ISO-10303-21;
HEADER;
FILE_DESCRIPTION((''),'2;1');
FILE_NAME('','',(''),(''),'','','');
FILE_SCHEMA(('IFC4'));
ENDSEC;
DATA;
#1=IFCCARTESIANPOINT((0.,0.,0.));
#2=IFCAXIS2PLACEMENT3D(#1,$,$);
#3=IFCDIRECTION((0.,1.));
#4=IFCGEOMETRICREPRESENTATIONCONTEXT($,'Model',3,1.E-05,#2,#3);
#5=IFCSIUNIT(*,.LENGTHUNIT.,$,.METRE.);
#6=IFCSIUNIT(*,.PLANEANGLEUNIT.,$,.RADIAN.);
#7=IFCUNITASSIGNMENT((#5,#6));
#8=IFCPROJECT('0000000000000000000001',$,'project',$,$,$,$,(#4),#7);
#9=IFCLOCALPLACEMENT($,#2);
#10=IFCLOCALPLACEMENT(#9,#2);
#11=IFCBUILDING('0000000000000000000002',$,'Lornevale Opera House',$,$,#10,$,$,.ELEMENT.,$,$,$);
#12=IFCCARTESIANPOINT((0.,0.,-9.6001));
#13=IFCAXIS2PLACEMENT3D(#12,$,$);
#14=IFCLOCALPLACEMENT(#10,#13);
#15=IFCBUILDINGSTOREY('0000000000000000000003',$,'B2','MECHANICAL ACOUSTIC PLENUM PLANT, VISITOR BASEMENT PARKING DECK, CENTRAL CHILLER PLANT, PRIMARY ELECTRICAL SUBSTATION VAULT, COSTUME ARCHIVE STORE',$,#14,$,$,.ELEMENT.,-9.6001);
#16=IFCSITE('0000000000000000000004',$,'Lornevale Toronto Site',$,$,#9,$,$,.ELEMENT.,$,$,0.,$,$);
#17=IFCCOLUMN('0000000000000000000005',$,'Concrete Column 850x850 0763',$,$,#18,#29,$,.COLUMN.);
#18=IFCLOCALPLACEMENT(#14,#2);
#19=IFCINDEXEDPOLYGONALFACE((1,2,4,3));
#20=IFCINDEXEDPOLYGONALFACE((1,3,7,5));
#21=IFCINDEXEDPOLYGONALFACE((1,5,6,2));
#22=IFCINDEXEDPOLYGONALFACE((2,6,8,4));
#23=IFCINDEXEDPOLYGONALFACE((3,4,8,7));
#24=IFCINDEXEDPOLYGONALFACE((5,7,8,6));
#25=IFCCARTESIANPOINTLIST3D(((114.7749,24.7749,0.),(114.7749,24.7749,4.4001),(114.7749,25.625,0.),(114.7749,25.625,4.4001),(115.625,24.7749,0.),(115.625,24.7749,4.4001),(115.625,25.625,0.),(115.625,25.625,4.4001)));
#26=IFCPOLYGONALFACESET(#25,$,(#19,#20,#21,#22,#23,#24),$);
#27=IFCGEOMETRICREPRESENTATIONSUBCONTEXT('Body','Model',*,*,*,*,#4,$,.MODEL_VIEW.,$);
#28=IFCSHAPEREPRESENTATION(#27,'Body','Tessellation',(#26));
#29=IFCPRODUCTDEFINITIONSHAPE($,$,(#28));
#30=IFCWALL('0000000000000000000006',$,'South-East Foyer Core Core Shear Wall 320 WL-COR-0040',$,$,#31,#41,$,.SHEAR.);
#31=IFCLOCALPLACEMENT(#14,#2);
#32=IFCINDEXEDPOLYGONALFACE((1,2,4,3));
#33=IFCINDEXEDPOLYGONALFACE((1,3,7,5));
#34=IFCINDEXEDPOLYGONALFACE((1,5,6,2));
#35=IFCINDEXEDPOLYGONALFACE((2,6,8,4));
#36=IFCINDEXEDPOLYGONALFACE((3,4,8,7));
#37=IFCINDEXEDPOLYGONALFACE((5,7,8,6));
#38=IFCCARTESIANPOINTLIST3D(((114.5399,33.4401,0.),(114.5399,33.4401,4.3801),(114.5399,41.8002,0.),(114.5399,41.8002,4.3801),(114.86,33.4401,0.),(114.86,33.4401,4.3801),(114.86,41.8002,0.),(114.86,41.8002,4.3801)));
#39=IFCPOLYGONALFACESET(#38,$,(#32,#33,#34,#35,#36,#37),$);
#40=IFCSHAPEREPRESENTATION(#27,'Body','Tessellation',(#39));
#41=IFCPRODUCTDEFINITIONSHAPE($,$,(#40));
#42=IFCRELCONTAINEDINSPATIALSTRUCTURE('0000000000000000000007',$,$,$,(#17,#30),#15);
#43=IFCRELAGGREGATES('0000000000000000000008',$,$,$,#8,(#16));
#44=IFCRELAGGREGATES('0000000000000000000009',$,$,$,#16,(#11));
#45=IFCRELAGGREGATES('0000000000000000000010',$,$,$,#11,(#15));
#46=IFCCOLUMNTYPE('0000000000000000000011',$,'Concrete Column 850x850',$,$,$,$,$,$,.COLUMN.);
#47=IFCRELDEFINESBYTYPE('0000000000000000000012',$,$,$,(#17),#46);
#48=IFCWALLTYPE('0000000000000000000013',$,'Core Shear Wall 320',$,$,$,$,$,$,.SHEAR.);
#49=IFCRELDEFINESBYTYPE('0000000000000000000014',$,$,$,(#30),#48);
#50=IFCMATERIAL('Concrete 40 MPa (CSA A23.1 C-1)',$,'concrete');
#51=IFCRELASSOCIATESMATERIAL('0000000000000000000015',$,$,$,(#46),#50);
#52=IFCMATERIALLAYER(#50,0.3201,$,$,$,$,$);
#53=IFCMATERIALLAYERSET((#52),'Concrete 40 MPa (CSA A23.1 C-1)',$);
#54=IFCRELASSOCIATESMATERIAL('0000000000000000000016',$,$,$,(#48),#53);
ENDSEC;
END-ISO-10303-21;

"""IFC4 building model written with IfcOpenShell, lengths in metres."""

from ifc_helpers import new_model, si_unit, direction, frame, frame_2d, origin, origin_2d, place, context, subcontext, project, spatial, rectangle, extrude, material, layer, layer_set, material_profile, profile_set, type_object, element, save


model = new_model("IFC4")

# Units and contexts
model_context = context("Model", 3, precision=1e-05, world=origin(), true_north=direction((0.0, 1.0)))
body_context = subcontext(model_context, "Body", "Model", "MODEL_VIEW")
ifc_project = project(units=[si_unit("LENGTHUNIT", "METRE"), si_unit("PLANEANGLEUNIT", "RADIAN")], contexts=[model_context])

# Site, building, storey
site_placement = place(None, origin())
site = spatial("IfcSite", under=ifc_project, at=site_placement, Name="Lornevale Toronto Site", CompositionType="ELEMENT", RefElevation=0.0)
building_placement = place(site_placement, origin())
building = spatial("IfcBuilding", under=site, at=building_placement, Name="Lornevale Opera House", CompositionType="ELEMENT")
storey_placement = place(building_placement, frame((0.0, 0.0, -9.6001)))
storey = spatial("IfcBuildingStorey", under=building, at=storey_placement, Name="B2", Description="MECHANICAL ACOUSTIC PLENUM PLANT, VISITOR BASEMENT PARKING DECK, CENTRAL CHILLER PLANT, PRIMARY ELECTRICAL SUBSTATION VAULT, COSTUME ARCHIVE STORE", CompositionType="ELEMENT", Elevation=-9.6001)

# Shared definitions
ifc_material_1 = material(Name="Concrete 40 MPa (CSA A23.1 C-1)", Category="concrete")

# Column
ifc_material_profile_1 = material_profile(ifc_material_1, rectangle(XDim=0.8501, YDim=0.8501, at=origin_2d()), Name="RC850x850")
ifc_profile_set_1 = profile_set([ifc_material_profile_1], Name="Concrete 40 MPa (CSA A23.1 C-1)")
column_type_1 = type_object("IfcColumnType", Name="Concrete Column 850x850", PredefinedType="COLUMN", material=ifc_profile_set_1)
for number, where, z_axis, x_axis, name in (
    (1, (115.2, 25.2, 0.0), (0.0, 0.0, 1.0), (1.0, 0.0, 0.0), "Concrete Column 850x850 0763"),
):
    element("IfcColumn", number, at=place(storey_placement, frame(where, z_axis=z_axis, x_axis=x_axis)), inside=storey, type_object=column_type_1, Name=name, PredefinedType="COLUMN", context=body_context, shape_type="SweptSolid", body=[
        extrude(rectangle(XDim=0.8501, YDim=0.8501, at=origin_2d()), origin(), (0.0, 0.0, 1.0), 4.4001),
    ])

# Wall
ifc_layer_1 = layer(ifc_material_1, 0.3201)
ifc_layer_set_1 = layer_set([ifc_layer_1], Name="Concrete 40 MPa (CSA A23.1 C-1)")
wall_type = type_object("IfcWallType", Name="Core Shear Wall 320", PredefinedType="SHEAR", material=ifc_layer_set_1)
wall_placement = place(storey_placement, frame((114.7, 33.4399, 0.0), z_axis=(0.0, 0.0, 1.0), x_axis=(0.0, 1.0, 0.0)))
element("IfcWall", 2, at=wall_placement, inside=storey, type_object=wall_type, Name="South-East Foyer Core Core Shear Wall 320 WL-COR-0040", PredefinedType="SHEAR", context=body_context, shape_type="SweptSolid", body=[
    extrude(rectangle(XDim=8.3601, YDim=0.3201, at=frame_2d((4.1802, 0.0))), origin(), (0.0, 0.0, 1.0), 4.3801),
])

save(model, "model.ifc")
